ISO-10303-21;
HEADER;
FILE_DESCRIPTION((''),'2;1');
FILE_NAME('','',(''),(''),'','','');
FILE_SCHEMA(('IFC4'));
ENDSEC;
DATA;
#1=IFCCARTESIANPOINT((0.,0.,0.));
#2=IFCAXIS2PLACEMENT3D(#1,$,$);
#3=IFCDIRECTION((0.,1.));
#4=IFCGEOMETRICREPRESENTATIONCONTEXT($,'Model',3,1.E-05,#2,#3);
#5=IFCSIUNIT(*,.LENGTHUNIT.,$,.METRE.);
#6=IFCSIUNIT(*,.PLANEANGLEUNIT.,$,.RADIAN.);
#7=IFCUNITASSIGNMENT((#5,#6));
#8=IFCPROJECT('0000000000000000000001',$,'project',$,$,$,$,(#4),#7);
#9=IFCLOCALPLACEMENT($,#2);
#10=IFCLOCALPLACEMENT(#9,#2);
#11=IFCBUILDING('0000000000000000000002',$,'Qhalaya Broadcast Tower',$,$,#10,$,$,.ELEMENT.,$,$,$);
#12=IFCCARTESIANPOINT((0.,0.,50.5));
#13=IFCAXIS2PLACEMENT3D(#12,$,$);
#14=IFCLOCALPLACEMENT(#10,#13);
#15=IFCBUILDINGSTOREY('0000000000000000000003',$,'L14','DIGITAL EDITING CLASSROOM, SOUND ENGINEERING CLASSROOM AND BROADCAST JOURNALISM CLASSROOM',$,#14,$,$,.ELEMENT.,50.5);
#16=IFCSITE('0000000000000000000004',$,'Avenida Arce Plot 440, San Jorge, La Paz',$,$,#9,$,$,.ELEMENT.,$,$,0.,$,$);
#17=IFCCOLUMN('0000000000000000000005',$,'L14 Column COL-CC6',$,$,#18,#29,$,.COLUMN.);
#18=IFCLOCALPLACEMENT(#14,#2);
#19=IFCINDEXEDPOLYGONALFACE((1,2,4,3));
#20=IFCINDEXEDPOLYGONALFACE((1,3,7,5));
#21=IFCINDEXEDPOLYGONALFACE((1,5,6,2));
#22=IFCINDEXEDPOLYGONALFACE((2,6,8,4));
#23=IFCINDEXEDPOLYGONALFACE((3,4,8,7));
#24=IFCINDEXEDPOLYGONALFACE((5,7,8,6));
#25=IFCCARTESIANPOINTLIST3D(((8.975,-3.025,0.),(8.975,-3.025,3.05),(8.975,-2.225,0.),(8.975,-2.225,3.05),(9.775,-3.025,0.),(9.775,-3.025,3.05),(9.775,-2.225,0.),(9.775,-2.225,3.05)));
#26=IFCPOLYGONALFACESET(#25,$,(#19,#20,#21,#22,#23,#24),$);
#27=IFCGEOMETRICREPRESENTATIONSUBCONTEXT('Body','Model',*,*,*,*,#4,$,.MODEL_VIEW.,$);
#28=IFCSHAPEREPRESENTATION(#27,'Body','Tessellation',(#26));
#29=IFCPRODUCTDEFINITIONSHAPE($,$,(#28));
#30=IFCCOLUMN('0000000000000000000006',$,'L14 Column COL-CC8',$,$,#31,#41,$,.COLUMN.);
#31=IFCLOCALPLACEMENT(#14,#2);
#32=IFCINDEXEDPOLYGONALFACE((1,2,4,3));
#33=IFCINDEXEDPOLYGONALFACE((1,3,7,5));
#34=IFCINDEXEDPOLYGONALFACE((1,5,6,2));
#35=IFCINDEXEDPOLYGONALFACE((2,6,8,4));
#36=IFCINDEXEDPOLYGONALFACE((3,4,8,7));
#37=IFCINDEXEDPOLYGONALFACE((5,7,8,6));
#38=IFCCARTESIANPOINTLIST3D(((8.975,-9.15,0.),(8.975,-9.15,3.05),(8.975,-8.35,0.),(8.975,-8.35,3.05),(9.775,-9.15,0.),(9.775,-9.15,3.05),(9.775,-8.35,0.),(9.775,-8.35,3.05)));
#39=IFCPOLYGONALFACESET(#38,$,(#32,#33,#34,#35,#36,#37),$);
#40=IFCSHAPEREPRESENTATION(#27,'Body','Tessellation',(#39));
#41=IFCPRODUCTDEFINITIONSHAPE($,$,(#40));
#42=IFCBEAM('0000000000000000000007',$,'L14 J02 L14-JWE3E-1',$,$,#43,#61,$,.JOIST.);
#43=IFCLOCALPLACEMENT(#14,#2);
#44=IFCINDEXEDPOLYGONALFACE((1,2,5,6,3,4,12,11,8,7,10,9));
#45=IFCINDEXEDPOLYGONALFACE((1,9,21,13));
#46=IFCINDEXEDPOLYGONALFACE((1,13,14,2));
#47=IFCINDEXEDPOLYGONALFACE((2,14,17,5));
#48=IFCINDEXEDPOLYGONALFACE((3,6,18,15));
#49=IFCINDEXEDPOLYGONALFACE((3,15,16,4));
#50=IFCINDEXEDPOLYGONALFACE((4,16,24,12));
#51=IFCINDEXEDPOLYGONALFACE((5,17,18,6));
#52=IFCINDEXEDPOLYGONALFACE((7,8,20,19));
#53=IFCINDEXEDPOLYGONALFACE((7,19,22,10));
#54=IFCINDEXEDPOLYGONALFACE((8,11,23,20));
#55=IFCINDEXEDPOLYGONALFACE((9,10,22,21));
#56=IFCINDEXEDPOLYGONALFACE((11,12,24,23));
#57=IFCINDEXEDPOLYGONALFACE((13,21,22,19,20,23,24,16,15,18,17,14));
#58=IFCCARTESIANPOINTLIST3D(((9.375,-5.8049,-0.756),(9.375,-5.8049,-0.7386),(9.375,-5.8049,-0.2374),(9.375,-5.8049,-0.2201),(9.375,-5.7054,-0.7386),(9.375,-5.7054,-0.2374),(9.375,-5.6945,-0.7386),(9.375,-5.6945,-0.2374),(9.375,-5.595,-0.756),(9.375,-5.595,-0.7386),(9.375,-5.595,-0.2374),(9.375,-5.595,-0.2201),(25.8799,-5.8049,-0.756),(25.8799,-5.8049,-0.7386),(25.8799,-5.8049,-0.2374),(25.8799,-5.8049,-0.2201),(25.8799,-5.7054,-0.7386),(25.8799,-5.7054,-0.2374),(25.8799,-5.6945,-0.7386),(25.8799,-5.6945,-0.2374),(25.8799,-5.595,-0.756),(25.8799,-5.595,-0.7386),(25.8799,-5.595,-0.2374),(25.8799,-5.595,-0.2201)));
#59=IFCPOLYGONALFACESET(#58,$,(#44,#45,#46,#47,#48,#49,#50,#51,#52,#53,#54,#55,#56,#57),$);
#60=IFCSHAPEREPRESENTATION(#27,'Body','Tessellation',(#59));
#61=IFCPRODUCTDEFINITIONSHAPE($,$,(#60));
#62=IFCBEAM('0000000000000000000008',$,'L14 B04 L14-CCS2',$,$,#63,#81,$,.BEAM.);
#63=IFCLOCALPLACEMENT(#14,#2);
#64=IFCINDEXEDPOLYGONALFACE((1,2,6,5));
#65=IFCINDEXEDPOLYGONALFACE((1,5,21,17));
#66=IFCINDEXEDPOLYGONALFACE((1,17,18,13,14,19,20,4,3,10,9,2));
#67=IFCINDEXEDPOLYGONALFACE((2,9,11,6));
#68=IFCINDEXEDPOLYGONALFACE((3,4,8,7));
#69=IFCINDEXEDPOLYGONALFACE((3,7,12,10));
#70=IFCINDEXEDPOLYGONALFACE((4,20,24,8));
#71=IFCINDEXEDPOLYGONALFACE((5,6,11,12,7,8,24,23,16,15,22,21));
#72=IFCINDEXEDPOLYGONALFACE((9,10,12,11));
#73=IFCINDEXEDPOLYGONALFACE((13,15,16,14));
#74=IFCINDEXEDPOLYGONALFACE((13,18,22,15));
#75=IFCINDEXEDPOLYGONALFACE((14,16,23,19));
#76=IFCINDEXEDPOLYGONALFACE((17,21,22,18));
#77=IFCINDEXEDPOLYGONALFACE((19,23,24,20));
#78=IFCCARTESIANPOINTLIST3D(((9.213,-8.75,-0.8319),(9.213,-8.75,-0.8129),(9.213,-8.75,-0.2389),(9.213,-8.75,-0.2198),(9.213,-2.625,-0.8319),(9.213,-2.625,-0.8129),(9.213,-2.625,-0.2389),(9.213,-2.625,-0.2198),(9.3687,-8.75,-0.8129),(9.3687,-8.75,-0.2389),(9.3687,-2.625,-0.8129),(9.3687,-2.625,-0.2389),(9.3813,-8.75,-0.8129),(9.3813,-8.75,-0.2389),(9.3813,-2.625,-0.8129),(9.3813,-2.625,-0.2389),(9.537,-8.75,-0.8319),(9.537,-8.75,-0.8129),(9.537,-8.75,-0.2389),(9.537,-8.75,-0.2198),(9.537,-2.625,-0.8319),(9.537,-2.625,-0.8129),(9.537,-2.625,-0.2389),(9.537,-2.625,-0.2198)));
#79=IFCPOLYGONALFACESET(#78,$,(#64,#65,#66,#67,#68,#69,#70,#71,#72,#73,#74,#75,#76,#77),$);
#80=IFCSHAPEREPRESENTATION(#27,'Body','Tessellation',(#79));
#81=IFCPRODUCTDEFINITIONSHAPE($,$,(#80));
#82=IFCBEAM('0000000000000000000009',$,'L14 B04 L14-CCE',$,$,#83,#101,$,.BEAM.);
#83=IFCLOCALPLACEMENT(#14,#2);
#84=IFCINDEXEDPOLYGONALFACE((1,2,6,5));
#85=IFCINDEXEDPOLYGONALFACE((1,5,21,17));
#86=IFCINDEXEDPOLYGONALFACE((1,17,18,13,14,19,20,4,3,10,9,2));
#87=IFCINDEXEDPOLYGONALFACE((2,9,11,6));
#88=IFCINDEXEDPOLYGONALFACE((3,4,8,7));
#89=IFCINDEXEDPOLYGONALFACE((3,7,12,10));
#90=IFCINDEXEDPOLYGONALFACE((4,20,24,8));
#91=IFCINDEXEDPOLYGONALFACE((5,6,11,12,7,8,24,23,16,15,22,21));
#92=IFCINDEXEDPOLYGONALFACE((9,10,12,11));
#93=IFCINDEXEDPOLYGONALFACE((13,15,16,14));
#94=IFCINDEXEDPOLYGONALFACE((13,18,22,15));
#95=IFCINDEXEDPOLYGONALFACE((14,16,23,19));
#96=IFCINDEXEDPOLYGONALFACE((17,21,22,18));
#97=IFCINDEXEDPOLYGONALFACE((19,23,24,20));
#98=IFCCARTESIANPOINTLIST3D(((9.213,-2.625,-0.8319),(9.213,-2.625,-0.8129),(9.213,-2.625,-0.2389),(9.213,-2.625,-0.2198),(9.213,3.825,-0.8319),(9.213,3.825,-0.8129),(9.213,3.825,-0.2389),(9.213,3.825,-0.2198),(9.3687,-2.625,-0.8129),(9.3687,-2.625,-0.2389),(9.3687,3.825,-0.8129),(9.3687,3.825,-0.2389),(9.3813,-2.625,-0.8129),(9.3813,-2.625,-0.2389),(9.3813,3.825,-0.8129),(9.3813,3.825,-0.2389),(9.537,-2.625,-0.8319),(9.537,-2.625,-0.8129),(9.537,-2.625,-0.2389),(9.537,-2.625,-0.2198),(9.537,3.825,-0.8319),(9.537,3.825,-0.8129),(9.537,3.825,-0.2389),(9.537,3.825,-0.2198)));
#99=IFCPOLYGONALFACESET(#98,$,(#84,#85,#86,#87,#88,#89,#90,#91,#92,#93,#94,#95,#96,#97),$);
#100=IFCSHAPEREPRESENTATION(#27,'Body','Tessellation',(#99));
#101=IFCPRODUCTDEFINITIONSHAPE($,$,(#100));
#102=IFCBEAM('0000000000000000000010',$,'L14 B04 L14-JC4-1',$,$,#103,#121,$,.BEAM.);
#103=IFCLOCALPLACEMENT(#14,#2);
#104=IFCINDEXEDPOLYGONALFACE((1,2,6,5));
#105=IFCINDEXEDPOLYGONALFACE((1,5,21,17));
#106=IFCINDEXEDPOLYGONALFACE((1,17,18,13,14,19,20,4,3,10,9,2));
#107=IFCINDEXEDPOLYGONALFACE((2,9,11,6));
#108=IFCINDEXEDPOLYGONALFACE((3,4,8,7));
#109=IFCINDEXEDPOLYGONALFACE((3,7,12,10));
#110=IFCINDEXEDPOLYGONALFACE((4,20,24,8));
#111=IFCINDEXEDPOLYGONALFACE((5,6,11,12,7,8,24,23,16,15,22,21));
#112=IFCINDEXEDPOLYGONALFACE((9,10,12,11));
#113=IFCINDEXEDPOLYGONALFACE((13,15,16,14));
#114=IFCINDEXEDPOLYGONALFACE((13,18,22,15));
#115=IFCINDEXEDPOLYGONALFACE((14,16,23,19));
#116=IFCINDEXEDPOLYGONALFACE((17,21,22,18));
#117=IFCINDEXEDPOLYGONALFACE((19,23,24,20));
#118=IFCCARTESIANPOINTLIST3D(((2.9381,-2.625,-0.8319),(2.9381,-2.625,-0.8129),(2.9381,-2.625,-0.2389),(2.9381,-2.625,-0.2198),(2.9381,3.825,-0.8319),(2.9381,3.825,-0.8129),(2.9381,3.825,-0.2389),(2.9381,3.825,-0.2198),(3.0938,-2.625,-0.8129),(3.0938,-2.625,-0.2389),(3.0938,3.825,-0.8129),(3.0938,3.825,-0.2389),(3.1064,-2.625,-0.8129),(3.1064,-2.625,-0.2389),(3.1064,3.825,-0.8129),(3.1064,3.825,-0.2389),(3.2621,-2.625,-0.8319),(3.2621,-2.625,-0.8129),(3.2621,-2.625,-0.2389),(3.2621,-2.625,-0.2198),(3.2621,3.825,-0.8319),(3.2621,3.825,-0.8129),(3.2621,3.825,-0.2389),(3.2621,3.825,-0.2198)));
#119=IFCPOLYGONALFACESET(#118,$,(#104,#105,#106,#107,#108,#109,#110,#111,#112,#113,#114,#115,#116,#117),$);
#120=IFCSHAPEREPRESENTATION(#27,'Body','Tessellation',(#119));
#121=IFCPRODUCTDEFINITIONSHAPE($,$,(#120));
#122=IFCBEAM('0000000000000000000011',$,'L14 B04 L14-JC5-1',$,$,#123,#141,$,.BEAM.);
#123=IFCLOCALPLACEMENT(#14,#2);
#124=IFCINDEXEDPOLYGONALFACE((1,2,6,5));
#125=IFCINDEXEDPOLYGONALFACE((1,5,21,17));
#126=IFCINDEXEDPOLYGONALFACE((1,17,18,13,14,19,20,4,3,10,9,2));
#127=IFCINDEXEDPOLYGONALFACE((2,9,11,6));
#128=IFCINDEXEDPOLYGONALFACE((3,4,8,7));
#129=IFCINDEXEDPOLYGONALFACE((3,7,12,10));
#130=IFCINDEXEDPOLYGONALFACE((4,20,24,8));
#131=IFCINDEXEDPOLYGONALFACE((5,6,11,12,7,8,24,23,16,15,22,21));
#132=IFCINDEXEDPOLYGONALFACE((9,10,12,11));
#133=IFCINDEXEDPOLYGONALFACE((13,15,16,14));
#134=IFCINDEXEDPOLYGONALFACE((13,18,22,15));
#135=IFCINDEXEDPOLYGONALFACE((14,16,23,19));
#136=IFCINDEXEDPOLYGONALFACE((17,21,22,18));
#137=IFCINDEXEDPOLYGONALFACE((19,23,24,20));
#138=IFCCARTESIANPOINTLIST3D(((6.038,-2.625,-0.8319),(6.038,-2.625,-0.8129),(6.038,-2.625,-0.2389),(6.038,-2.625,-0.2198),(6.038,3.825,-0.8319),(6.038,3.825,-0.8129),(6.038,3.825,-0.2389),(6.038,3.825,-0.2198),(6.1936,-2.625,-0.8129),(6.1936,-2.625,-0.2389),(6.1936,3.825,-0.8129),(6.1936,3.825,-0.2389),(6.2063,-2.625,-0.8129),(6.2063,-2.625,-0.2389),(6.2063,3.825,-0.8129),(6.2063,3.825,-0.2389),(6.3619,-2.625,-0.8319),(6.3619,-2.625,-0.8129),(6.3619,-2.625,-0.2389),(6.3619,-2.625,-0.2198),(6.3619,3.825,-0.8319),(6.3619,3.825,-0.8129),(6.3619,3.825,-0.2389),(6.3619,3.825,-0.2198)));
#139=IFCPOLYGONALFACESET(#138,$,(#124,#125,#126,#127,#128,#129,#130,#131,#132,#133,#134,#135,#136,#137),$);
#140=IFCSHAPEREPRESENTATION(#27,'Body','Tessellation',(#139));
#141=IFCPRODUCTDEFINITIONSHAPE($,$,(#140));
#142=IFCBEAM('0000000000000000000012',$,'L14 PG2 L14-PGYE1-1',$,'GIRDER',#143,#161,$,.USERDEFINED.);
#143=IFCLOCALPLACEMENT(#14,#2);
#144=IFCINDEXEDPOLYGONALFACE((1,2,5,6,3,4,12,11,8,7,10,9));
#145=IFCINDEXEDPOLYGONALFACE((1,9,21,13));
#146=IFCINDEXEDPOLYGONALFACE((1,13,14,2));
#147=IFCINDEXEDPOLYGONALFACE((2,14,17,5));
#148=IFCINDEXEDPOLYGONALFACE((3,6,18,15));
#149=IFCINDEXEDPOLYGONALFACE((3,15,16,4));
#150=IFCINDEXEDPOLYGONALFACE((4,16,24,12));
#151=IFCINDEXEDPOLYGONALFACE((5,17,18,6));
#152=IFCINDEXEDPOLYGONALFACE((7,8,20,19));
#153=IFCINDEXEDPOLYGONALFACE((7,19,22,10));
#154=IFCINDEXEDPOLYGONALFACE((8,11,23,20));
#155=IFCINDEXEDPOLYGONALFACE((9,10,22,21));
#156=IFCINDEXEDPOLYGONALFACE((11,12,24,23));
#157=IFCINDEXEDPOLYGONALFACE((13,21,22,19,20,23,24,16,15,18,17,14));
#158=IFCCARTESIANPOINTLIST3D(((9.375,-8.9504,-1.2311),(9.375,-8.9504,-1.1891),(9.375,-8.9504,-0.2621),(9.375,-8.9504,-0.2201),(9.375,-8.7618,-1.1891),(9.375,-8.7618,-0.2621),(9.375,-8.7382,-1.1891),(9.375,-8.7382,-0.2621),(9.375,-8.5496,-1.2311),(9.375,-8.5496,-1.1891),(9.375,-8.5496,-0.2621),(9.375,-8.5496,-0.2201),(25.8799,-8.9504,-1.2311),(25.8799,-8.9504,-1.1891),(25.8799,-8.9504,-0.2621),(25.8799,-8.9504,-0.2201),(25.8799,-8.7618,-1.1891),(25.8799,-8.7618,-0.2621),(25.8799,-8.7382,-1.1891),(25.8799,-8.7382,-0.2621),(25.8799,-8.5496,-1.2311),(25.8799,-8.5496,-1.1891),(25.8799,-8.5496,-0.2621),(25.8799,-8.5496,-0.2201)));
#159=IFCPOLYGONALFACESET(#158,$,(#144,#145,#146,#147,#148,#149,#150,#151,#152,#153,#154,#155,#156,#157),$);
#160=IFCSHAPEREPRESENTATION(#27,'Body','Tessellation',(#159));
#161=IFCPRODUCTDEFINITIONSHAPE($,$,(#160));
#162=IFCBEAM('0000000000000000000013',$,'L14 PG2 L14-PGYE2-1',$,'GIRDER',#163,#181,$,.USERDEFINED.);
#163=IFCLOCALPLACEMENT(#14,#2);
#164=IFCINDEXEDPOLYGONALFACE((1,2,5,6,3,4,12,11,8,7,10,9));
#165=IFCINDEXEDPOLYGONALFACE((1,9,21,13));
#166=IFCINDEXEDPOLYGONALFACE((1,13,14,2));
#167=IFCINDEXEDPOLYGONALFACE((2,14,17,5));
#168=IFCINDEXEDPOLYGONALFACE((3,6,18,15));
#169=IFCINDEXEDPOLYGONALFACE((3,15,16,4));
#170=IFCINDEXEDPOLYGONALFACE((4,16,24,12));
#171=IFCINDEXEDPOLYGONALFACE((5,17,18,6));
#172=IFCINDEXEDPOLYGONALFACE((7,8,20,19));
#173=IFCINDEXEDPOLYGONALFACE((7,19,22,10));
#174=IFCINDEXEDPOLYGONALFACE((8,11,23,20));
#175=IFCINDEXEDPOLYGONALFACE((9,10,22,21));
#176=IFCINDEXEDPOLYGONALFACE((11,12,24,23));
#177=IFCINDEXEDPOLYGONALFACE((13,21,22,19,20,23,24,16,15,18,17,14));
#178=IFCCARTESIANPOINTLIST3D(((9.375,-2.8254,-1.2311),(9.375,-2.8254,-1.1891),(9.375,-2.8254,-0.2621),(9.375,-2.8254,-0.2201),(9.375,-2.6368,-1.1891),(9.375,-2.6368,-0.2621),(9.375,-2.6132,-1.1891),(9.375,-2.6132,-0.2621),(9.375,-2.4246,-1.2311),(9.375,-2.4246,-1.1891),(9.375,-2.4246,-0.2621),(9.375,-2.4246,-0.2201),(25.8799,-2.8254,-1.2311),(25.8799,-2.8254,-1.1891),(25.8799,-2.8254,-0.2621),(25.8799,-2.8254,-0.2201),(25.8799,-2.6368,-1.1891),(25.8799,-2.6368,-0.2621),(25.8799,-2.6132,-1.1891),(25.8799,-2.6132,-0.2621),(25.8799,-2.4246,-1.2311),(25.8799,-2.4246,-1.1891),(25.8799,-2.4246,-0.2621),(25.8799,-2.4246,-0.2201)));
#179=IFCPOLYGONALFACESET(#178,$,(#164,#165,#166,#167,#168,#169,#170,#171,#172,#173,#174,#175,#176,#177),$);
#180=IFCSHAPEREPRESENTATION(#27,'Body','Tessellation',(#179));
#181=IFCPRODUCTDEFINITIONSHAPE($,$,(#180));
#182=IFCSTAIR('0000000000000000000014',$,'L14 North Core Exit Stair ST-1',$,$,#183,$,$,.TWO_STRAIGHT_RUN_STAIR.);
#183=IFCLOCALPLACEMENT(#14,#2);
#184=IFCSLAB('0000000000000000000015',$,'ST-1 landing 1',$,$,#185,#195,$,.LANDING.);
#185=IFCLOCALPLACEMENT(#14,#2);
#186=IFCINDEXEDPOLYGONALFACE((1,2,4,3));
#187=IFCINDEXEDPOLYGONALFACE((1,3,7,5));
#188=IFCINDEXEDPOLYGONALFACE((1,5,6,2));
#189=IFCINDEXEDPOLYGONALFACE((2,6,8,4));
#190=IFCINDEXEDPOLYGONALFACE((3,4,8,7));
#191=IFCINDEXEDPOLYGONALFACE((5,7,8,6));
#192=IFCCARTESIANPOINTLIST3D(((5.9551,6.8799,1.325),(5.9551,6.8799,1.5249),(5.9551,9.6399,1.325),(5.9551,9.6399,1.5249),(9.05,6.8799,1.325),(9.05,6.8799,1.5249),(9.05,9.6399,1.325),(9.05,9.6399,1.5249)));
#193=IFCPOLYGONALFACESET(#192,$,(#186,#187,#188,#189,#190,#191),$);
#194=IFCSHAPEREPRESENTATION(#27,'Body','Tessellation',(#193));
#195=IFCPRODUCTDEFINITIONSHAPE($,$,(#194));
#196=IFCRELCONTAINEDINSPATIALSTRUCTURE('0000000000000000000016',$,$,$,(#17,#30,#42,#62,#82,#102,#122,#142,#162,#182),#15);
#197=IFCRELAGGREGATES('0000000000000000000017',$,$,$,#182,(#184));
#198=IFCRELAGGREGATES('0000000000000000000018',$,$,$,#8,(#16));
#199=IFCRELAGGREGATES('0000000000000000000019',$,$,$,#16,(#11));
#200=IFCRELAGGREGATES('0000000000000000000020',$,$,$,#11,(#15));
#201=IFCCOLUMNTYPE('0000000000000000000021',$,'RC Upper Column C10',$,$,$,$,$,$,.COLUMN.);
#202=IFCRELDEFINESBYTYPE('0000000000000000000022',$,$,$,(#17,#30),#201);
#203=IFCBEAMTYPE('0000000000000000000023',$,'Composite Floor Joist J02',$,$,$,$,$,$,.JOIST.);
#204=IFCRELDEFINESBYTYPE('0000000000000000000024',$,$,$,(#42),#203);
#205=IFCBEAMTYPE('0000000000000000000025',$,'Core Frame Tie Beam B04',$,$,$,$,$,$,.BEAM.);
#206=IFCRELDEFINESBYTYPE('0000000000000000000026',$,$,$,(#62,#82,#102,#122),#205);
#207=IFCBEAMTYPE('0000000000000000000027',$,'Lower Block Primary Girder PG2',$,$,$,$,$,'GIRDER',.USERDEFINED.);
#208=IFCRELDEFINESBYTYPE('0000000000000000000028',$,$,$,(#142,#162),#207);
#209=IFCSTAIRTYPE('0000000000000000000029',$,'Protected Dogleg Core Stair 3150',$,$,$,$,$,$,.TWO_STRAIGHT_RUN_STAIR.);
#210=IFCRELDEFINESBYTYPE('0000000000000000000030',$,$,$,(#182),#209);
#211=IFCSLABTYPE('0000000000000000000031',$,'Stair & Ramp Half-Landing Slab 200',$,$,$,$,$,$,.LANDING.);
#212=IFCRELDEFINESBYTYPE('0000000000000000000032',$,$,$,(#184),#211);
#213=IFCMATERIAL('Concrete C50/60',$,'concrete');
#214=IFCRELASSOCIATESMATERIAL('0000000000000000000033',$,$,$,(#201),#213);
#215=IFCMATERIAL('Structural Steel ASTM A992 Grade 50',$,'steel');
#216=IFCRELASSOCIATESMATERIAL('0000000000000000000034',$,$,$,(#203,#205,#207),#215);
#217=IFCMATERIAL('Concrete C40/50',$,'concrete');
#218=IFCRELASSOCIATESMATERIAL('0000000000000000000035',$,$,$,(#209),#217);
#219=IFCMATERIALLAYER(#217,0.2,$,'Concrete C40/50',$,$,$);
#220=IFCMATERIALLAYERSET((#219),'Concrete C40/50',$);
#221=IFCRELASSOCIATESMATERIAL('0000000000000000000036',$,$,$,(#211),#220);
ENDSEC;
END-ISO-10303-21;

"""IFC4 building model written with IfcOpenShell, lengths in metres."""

from ifc_helpers import new_model, si_unit, direction, frame, origin, origin_2d, place, context, subcontext, project, spatial, polyline, rectangle, i_section, outline, extrude, material, layer, layer_set, material_profile, profile_set, type_object, element, aggregate, save


model = new_model("IFC4")

# Units and contexts
model_context = context("Model", 3, precision=1e-05, world=origin(), true_north=direction((0.0, 1.0)))
body_context = subcontext(model_context, "Body", "Model", "MODEL_VIEW")
ifc_project = project(units=[si_unit("LENGTHUNIT", "METRE"), si_unit("PLANEANGLEUNIT", "RADIAN")], contexts=[model_context])

# Site, building, storey
site_placement = place(None, origin())
site = spatial("IfcSite", under=ifc_project, at=site_placement, Name="Avenida Arce Plot 440, San Jorge, La Paz", CompositionType="ELEMENT", RefElevation=0.0)
building_placement = place(site_placement, origin())
building = spatial("IfcBuilding", under=site, at=building_placement, Name="Qhalaya Broadcast Tower", CompositionType="ELEMENT")
storey_placement = place(building_placement, frame((0.0, 0.0, 50.5)))
storey = spatial("IfcBuildingStorey", under=building, at=storey_placement, Name="L14", Description="DIGITAL EDITING CLASSROOM, SOUND ENGINEERING CLASSROOM AND BROADCAST JOURNALISM CLASSROOM", CompositionType="ELEMENT", Elevation=50.5)

# Columns
ifc_material_1 = material(Name="Concrete C50/60", Category="concrete")
ifc_material_profile_1 = material_profile(ifc_material_1, rectangle(XDim=0.8, YDim=0.8, at=origin_2d()), Name="RC-COL 800x800")
ifc_profile_set_1 = profile_set([ifc_material_profile_1], Name="Concrete C50/60")
column_type = type_object("IfcColumnType", Name="RC Upper Column C10", PredefinedType="COLUMN", material=ifc_profile_set_1)
for number, where, z_axis, x_axis, name in (
    (1, (9.375, -2.625, 0.0), (0.0, 0.0, 1.0), (1.0, 0.0, 0.0), "L14 Column COL-CC6"),
    (2, (9.375, -8.75, 0.0), (0.0, 0.0, 1.0), (1.0, 0.0, 0.0), "L14 Column COL-CC8"),
):
    element("IfcColumn", number, at=place(storey_placement, frame(where, z_axis=z_axis, x_axis=x_axis)), inside=storey, type_object=column_type, Name=name, PredefinedType="COLUMN", context=body_context, shape_type="SweptSolid", body=[
        extrude(rectangle(XDim=0.8, YDim=0.8, at=origin_2d()), origin(), (0.0, 0.0, 1.0), 3.05),
    ])

# Beams
ifc_material_2 = material(Name="Structural Steel ASTM A992 Grade 50", Category="steel")
ifc_material_profile_2 = material_profile(ifc_material_2, i_section(OverallWidth=0.21, OverallDepth=0.5359, WebThickness=0.011, FlangeThickness=0.0173, at=origin_2d()), Name="W21X68")
ifc_profile_set_2 = profile_set([ifc_material_profile_2], Name="Structural Steel ASTM A992 Grade 50")
beam_type_1 = type_object("IfcBeamType", Name="Composite Floor Joist J02", PredefinedType="JOIST", material=ifc_profile_set_2)
beam_1_placement = place(storey_placement, frame((9.375, -5.7, -0.488), z_axis=(1.0, 0.0, 0.0), x_axis=(0.0, 1.0, 0.0)))
element("IfcBeam", 3, at=beam_1_placement, inside=storey, type_object=beam_type_1, Name="L14 J02 L14-JWE3E-1", PredefinedType="JOIST", context=body_context, shape_type="SweptSolid", body=[
    extrude(i_section(OverallWidth=0.21, OverallDepth=0.5359, WebThickness=0.011, FlangeThickness=0.0173, at=origin_2d()), origin(), (0.0, 0.0, 1.0), 16.5049),
])
ifc_material_profile_3 = material_profile(ifc_material_2, i_section(OverallWidth=0.324, OverallDepth=0.6121, WebThickness=0.0127, FlangeThickness=0.019, at=origin_2d()), Name="W24X104")
ifc_profile_set_3 = profile_set([ifc_material_profile_3], Name="Structural Steel ASTM A992 Grade 50")
beam_type_2 = type_object("IfcBeamType", Name="Core Frame Tie Beam B04", PredefinedType="BEAM", material=ifc_profile_set_3)
beam_2_placement = place(storey_placement, frame((9.375, -8.75, -0.5259), z_axis=(0.0, 1.0, 0.0), x_axis=(-1.0, 0.0, 0.0)))
element("IfcBeam", 4, at=beam_2_placement, inside=storey, type_object=beam_type_2, Name="L14 B04 L14-CCS2", PredefinedType="BEAM", context=body_context, shape_type="SweptSolid", body=[
    extrude(i_section(OverallWidth=0.324, OverallDepth=0.6121, WebThickness=0.0127, FlangeThickness=0.019, at=origin_2d()), origin(), (0.0, 0.0, 1.0), 6.125),
])
for number, where, z_axis, x_axis, name in (
    (5, (9.375, -2.625, -0.5259), (0.0, 1.0, 0.0), (-1.0, 0.0, 0.0), "L14 B04 L14-CCE"),
    (6, (3.1001, -2.625, -0.5259), (0.0, 1.0, 0.0), (-1.0, 0.0, 0.0), "L14 B04 L14-JC4-1"),
    (7, (6.2, -2.625, -0.5259), (0.0, 1.0, 0.0), (-1.0, 0.0, 0.0), "L14 B04 L14-JC5-1"),
):
    element("IfcBeam", number, at=place(storey_placement, frame(where, z_axis=z_axis, x_axis=x_axis)), inside=storey, type_object=beam_type_2, Name=name, PredefinedType="BEAM", context=body_context, shape_type="SweptSolid", body=[
        extrude(i_section(OverallWidth=0.324, OverallDepth=0.6121, WebThickness=0.0127, FlangeThickness=0.019, at=origin_2d()), origin(), (0.0, 0.0, 1.0), 6.45),
    ])
ifc_material_profile_4 = material_profile(ifc_material_2, i_section(OverallWidth=0.4009, OverallDepth=1.011, WebThickness=0.0237, FlangeThickness=0.042, at=origin_2d()), Name="W40X297")
ifc_profile_set_4 = profile_set([ifc_material_profile_4], Name="Structural Steel ASTM A992 Grade 50")
beam_type_3 = type_object("IfcBeamType", Name="Lower Block Primary Girder PG2", ElementType="GIRDER", PredefinedType="USERDEFINED", material=ifc_profile_set_4)
for number, where, z_axis, x_axis, name in (
    (8, (9.375, -8.75, -0.7256), (1.0, 0.0, 0.0), (0.0, 1.0, 0.0), "L14 PG2 L14-PGYE1-1"),
    (9, (9.375, -2.625, -0.7256), (1.0, 0.0, 0.0), (0.0, 1.0, 0.0), "L14 PG2 L14-PGYE2-1"),
):
    element("IfcBeam", number, at=place(storey_placement, frame(where, z_axis=z_axis, x_axis=x_axis)), inside=storey, type_object=beam_type_3, Name=name, ObjectType="GIRDER", PredefinedType="USERDEFINED", context=body_context, shape_type="SweptSolid", body=[
        extrude(i_section(OverallWidth=0.4009, OverallDepth=1.011, WebThickness=0.0237, FlangeThickness=0.042, at=origin_2d()), origin(), (0.0, 0.0, 1.0), 16.5049),
    ])

# Stair, slab
ifc_material_3 = material(Name="Concrete C40/50", Category="concrete")
stair_type = type_object("IfcStairType", Name="Protected Dogleg Core Stair 3150", PredefinedType="TWO_STRAIGHT_RUN_STAIR", material=ifc_material_3)
stair_1_placement = place(storey_placement, origin())
stair_1 = element("IfcStair", 10, at=stair_1_placement, inside=storey, type_object=stair_type, Name="L14 North Core Exit Stair ST-1", PredefinedType="TWO_STRAIGHT_RUN_STAIR")
ifc_layer_1 = layer(ifc_material_3, 0.2, Name="Concrete C40/50")
ifc_layer_set_1 = layer_set([ifc_layer_1], Name="Concrete C40/50")
slab_type_1 = type_object("IfcSlabType", Name="Stair & Ramp Half-Landing Slab 200", PredefinedType="LANDING", material=ifc_layer_set_1)
slab_1_placement = place(storey_placement, frame((0.0, 0.0, 1.325)))
slab_1 = element("IfcSlab", 11, at=slab_1_placement, type_object=slab_type_1, Name="ST-1 landing 1", PredefinedType="LANDING", context=body_context, shape_type="SweptSolid", body=[
    extrude(outline(polyline([(5.9551, 6.8799), (9.05, 6.8799), (9.05, 9.6399), (5.9551, 9.6399), (5.9551, 6.8799)])), origin(), (0.0, 0.0, 1.0), 0.2),
])
aggregate(stair_1, [slab_1])

save(model, "model.ifc")
